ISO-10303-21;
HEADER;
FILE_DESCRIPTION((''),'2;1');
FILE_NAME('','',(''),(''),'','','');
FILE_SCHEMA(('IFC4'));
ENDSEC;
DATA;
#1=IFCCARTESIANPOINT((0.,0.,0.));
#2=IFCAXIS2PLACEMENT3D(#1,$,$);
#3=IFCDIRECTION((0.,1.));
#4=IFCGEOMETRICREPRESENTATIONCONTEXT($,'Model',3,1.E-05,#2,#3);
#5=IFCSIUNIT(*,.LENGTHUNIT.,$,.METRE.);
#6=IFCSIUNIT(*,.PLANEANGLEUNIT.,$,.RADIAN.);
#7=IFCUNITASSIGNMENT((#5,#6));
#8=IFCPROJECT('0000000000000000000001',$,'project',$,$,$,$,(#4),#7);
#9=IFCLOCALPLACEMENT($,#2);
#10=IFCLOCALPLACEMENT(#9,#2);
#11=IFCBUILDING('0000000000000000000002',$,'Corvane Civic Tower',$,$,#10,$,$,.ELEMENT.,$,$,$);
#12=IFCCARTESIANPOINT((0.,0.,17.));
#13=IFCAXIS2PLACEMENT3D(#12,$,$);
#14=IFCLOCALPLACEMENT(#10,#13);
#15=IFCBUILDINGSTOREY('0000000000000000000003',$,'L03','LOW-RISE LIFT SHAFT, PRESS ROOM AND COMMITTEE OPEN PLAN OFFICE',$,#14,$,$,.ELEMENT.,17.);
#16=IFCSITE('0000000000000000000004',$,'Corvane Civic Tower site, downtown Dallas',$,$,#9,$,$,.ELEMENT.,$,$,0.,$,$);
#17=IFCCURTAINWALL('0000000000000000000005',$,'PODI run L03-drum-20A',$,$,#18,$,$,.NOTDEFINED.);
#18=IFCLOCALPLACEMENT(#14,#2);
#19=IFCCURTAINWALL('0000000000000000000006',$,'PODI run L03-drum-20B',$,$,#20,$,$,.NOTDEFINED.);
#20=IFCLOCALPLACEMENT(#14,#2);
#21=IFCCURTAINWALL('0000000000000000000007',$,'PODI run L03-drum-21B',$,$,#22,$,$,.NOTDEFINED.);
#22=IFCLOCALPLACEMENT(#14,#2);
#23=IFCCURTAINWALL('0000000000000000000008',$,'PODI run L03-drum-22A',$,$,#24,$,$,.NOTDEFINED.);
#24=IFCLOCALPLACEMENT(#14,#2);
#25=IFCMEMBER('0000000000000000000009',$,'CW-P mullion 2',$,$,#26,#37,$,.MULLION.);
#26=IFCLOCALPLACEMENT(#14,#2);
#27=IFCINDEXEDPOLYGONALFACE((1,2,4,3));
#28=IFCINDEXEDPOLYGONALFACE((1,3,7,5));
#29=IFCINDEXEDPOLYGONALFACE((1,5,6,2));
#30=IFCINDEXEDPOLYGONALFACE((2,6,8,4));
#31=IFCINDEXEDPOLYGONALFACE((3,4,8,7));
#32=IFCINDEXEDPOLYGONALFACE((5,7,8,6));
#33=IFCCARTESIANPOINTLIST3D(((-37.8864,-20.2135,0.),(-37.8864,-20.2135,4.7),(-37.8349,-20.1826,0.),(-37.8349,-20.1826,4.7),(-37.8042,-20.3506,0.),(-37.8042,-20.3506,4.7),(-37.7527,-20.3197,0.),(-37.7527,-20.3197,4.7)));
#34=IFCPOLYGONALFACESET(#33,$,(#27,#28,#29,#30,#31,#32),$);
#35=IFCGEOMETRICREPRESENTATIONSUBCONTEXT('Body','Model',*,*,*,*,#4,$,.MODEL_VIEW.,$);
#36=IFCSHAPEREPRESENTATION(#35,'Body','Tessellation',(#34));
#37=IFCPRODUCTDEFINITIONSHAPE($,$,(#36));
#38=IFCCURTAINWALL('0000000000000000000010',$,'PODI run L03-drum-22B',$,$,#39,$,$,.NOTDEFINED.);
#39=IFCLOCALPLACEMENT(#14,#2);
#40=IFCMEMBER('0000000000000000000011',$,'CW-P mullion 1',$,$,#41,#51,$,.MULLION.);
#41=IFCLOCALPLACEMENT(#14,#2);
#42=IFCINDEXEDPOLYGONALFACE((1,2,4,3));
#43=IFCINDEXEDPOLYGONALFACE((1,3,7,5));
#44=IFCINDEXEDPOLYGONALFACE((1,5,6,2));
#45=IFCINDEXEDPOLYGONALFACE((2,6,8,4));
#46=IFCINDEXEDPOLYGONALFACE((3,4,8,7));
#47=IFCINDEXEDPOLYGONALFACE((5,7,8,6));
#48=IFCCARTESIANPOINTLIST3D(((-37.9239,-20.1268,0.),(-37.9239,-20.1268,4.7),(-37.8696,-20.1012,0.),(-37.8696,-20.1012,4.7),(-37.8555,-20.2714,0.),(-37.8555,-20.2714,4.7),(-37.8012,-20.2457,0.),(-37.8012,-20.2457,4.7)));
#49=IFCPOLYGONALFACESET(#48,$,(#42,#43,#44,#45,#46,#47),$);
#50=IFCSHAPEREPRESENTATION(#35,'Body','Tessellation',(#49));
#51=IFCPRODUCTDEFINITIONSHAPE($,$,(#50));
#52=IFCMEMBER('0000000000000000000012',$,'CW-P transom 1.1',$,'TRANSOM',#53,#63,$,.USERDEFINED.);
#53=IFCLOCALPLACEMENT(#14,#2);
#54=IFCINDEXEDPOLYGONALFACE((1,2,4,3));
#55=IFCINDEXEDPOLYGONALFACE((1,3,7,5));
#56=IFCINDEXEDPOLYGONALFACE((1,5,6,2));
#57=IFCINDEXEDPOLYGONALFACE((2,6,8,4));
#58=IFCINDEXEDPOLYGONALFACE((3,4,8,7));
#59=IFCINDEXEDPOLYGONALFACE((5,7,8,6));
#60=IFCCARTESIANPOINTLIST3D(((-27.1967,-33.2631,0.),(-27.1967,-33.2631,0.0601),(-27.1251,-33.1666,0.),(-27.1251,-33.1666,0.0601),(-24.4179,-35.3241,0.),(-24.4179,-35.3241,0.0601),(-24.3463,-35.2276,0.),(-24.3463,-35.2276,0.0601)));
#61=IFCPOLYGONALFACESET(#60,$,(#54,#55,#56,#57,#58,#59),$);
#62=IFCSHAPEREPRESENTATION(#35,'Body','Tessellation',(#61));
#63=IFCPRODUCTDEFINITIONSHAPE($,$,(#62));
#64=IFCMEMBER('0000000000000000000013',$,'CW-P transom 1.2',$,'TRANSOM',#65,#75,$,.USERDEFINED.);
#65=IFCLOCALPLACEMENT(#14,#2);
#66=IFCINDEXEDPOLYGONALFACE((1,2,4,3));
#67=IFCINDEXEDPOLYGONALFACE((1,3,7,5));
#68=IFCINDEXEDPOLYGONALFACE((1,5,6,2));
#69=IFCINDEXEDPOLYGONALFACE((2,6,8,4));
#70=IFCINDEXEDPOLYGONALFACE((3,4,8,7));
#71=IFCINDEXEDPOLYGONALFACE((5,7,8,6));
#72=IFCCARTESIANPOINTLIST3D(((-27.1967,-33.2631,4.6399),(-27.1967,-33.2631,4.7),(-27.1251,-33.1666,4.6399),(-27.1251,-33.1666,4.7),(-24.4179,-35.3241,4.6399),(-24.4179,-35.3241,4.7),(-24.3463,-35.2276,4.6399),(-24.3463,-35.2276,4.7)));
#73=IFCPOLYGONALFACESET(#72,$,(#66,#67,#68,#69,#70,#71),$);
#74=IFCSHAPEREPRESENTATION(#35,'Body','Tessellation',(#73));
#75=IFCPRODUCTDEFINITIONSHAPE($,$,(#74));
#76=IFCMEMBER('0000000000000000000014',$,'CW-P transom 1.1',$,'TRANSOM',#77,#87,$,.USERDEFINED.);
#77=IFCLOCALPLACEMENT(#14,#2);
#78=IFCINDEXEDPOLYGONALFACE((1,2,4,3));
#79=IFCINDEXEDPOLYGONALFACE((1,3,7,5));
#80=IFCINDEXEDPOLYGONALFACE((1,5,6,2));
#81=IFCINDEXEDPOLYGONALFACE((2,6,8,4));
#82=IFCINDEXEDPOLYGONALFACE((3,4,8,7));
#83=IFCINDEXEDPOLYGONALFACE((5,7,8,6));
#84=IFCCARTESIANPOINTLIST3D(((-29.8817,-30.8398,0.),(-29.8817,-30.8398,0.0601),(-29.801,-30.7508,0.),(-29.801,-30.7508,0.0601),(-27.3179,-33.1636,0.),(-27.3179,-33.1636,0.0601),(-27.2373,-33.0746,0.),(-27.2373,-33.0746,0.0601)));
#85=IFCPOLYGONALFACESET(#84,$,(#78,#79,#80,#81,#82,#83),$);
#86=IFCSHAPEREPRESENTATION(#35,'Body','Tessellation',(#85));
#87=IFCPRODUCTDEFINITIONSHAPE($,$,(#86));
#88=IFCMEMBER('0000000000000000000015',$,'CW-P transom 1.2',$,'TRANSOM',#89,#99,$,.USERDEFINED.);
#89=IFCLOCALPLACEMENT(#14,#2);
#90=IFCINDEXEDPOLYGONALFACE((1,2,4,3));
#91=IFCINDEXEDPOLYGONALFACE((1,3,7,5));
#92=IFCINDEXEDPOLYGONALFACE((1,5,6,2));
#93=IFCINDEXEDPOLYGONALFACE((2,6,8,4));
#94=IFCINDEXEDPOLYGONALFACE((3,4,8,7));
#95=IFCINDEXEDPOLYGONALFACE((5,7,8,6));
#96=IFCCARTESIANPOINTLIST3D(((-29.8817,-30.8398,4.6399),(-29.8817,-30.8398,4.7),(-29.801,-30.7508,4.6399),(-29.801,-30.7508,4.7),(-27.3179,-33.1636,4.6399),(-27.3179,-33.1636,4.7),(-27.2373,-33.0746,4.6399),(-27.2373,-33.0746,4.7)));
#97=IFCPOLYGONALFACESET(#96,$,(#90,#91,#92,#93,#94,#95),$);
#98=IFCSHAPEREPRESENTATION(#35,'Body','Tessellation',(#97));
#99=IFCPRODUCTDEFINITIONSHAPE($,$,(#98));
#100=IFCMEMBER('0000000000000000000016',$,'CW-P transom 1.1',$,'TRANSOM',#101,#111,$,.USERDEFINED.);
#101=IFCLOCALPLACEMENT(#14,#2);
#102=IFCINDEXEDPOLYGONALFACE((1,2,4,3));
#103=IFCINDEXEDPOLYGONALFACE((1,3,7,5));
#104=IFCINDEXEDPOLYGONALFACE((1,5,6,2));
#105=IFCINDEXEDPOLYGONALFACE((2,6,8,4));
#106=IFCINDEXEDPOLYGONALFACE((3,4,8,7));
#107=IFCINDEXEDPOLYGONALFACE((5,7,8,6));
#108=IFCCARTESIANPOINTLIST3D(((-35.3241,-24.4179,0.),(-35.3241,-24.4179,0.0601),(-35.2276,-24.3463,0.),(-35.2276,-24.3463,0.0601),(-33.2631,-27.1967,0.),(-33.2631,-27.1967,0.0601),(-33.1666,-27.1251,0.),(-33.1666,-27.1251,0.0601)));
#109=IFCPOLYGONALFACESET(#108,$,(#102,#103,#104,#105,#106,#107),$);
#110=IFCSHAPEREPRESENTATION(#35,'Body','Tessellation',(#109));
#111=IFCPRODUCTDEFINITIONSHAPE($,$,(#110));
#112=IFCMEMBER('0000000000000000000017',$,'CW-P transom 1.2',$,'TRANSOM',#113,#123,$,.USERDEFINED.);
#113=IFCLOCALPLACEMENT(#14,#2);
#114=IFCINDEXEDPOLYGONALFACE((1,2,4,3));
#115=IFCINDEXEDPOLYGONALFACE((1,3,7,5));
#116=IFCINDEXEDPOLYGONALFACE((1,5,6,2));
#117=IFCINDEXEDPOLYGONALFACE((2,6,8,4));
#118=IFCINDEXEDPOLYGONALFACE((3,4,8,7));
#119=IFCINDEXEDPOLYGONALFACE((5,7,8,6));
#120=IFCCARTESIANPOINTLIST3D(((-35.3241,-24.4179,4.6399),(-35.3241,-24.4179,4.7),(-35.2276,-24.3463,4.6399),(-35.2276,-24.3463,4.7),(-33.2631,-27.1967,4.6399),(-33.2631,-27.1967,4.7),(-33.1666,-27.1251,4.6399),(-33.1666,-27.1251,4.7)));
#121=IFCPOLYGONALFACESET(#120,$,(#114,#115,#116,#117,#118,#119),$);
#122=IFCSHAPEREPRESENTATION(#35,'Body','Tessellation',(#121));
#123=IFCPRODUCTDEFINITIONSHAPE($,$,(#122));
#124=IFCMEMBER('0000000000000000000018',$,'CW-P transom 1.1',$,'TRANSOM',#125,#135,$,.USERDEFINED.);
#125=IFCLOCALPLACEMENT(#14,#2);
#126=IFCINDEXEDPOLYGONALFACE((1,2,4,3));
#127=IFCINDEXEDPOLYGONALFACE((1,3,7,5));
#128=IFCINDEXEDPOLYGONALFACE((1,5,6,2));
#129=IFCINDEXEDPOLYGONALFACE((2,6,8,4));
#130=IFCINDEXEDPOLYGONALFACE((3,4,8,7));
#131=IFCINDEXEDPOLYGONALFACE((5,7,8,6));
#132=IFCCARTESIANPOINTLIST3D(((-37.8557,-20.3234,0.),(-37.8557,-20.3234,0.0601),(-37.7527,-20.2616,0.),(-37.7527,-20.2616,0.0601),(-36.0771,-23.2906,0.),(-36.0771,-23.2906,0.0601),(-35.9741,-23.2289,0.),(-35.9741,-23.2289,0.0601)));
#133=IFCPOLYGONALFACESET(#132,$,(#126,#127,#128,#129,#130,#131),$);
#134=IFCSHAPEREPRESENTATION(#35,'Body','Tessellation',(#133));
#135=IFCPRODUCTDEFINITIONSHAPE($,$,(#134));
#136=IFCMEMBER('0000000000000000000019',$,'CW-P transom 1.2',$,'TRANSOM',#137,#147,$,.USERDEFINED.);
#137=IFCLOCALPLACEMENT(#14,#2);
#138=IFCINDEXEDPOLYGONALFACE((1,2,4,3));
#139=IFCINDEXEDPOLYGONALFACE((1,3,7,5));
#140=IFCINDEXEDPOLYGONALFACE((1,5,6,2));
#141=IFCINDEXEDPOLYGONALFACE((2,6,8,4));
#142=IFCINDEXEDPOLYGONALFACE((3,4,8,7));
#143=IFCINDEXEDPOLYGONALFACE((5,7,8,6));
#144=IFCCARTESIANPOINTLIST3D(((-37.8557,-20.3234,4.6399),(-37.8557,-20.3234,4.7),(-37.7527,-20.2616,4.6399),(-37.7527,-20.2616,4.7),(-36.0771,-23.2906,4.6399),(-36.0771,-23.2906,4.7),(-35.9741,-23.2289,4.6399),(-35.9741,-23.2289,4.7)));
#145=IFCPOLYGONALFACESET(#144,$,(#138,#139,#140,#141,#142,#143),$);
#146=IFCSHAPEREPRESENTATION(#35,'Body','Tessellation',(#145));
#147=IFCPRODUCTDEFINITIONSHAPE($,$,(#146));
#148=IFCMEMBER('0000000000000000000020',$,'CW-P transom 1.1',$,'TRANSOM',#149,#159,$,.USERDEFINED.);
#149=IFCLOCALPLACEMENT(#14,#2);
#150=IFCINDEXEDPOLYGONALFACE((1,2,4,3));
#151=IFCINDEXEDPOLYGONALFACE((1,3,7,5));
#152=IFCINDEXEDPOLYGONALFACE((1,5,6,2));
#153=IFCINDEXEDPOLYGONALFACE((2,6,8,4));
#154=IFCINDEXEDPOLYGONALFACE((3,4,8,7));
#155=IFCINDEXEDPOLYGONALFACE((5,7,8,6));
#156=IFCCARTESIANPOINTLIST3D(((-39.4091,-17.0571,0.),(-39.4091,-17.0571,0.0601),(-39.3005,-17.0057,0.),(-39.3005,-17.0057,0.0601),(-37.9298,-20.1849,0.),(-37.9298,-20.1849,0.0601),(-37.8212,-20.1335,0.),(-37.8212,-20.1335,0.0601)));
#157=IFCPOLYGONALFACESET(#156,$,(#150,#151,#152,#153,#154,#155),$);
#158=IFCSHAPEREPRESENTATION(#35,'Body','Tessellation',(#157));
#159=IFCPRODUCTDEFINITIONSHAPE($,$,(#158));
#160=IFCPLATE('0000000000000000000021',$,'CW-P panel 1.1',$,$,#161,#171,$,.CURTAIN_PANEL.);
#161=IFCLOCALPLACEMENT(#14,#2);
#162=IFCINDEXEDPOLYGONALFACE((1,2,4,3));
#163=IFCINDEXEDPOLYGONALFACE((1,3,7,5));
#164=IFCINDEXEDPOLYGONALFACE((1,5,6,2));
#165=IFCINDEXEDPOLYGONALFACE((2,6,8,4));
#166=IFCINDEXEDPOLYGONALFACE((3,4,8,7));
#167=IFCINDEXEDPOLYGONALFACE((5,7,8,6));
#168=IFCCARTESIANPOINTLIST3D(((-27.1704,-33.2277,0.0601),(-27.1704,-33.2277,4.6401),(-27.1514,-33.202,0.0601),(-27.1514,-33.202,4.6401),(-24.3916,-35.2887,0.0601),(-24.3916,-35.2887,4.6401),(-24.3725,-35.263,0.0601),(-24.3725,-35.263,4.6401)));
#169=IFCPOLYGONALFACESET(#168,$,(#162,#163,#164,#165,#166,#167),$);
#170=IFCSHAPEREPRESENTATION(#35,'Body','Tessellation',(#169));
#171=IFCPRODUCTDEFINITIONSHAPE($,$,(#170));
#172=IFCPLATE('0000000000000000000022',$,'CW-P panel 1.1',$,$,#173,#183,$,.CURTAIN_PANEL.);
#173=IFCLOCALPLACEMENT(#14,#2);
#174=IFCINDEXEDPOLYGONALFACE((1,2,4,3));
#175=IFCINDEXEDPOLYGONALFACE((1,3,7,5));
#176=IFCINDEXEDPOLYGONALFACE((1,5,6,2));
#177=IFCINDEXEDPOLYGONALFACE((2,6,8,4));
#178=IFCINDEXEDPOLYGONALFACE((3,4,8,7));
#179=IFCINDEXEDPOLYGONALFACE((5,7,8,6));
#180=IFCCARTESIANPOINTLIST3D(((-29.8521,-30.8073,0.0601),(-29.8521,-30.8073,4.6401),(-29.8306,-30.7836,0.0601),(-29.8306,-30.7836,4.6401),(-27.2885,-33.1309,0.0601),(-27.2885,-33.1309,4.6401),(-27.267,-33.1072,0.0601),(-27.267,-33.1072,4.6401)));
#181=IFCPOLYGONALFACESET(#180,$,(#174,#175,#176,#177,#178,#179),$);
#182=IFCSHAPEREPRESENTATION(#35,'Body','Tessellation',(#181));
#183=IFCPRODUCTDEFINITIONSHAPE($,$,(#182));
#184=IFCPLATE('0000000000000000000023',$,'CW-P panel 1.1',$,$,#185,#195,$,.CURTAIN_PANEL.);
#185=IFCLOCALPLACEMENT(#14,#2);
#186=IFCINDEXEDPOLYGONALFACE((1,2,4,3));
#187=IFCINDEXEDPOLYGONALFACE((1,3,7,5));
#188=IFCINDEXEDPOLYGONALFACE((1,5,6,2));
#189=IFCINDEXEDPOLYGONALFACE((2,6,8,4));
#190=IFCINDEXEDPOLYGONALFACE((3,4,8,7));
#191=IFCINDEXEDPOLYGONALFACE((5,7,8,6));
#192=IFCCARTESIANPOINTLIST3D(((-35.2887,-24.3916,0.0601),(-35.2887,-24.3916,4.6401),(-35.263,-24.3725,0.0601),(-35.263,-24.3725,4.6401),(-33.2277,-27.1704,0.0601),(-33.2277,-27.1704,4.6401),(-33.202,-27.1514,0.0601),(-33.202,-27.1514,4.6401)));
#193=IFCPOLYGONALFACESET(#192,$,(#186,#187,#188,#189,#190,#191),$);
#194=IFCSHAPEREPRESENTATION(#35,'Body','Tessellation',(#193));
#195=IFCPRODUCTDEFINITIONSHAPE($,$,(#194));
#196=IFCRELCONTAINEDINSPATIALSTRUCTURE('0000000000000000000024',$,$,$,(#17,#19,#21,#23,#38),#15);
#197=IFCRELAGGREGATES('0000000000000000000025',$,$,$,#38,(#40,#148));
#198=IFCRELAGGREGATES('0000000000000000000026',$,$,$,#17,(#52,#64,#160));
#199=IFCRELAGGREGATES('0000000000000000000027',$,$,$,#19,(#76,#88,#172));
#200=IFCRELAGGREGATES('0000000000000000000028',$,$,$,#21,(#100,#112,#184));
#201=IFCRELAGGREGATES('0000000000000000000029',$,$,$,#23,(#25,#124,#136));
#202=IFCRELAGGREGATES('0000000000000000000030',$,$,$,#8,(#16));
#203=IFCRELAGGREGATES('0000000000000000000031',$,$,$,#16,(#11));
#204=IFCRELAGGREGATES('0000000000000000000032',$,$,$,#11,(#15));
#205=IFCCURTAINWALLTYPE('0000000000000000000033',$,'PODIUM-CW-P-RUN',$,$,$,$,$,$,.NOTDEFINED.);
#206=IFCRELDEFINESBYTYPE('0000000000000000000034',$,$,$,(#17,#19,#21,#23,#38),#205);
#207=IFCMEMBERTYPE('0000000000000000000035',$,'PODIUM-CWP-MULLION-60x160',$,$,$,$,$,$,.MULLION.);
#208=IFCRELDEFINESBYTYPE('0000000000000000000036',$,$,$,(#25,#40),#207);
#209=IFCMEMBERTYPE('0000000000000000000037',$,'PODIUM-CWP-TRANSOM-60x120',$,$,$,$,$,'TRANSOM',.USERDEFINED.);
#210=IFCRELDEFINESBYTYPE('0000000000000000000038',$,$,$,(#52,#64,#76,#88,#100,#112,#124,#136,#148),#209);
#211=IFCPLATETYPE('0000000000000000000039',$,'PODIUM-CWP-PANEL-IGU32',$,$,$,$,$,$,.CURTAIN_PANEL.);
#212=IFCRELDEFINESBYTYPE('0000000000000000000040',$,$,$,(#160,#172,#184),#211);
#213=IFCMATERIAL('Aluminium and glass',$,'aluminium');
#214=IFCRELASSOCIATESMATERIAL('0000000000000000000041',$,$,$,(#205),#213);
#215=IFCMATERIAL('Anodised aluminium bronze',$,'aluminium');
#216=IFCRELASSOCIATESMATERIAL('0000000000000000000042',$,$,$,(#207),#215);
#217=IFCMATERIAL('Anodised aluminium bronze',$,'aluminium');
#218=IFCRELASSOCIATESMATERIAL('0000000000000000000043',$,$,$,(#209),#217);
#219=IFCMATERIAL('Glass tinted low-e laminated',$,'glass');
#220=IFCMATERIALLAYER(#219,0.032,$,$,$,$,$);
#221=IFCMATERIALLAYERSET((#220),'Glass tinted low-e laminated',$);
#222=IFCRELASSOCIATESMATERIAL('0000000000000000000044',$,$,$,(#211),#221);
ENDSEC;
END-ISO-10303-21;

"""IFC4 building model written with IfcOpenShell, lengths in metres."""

from ifc_helpers import new_model, si_unit, direction, frame, origin, origin_2d, place, context, subcontext, project, spatial, rectangle, extrude, material, layer, layer_set, material_profile, profile_set, type_object, element, aggregate, save


model = new_model("IFC4")

# Units and contexts
model_context = context("Model", 3, precision=1e-05, world=origin(), true_north=direction((0.0, 1.0)))
body_context = subcontext(model_context, "Body", "Model", "MODEL_VIEW")
ifc_project = project(units=[si_unit("LENGTHUNIT", "METRE"), si_unit("PLANEANGLEUNIT", "RADIAN")], contexts=[model_context])

# Site, building, storey
site_placement = place(None, origin())
site = spatial("IfcSite", under=ifc_project, at=site_placement, Name="Corvane Civic Tower site, downtown Dallas", CompositionType="ELEMENT", RefElevation=0.0)
building_placement = place(site_placement, origin())
building = spatial("IfcBuilding", under=site, at=building_placement, Name="Corvane Civic Tower", CompositionType="ELEMENT")
storey_placement = place(building_placement, frame((0.0, 0.0, 17.0)))
storey = spatial("IfcBuildingStorey", under=building, at=storey_placement, Name="L03", Description="LOW-RISE LIFT SHAFT, PRESS ROOM AND COMMITTEE OPEN PLAN OFFICE", CompositionType="ELEMENT", Elevation=17.0)

# Curtain walls, member
ifc_material_1 = material(Name="Aluminium and glass", Category="aluminium")
curtain_wall_type = type_object("IfcCurtainWallType", Name="PODIUM-CW-P-RUN", PredefinedType="NOTDEFINED", material=ifc_material_1)
curtain_wall_1_placement = place(storey_placement, origin())
curtain_wall_1 = element("IfcCurtainWall", 1, at=curtain_wall_1_placement, inside=storey, type_object=curtain_wall_type, Name="PODI run L03-drum-20A", PredefinedType="NOTDEFINED")
ifc_material_2 = material(Name="Anodised aluminium bronze", Category="aluminium")
ifc_material_profile_1 = material_profile(ifc_material_2, rectangle(XDim=0.0601, YDim=0.1599, at=origin_2d()), Name="AL 60x160")
ifc_profile_set_1 = profile_set([ifc_material_profile_1], Name="Anodised aluminium bronze")
member_type_1 = type_object("IfcMemberType", Name="PODIUM-CWP-MULLION-60x160", PredefinedType="MULLION", material=ifc_profile_set_1)
curtain_wall_2_placement = place(storey_placement, origin())
curtain_wall_2 = element("IfcCurtainWall", 2, at=curtain_wall_2_placement, inside=storey, type_object=curtain_wall_type, Name="PODI run L03-drum-20B", PredefinedType="NOTDEFINED")
curtain_wall_3_placement = place(storey_placement, origin())
curtain_wall_3 = element("IfcCurtainWall", 3, at=curtain_wall_3_placement, inside=storey, type_object=curtain_wall_type, Name="PODI run L03-drum-21B", PredefinedType="NOTDEFINED")
curtain_wall_4_placement = place(storey_placement, origin())
curtain_wall_4 = element("IfcCurtainWall", 4, at=curtain_wall_4_placement, inside=storey, type_object=curtain_wall_type, Name="PODI run L03-drum-22A", PredefinedType="NOTDEFINED")
member_1_placement = place(storey_placement, frame((-37.8196, -20.2666, 0.0), z_axis=(0.0, 0.0, 1.0), x_axis=(-0.85772, -0.514118, 0.0)))
member_1 = element("IfcMember", 5, at=member_1_placement, type_object=member_type_1, Name="CW-P mullion 2", PredefinedType="MULLION", context=body_context, shape_type="SweptSolid", body=[
    extrude(rectangle(XDim=0.0601, YDim=0.1599, at=origin_2d()), origin(), (0.0, 0.0, 1.0), 4.7),
])

# Curtain wall, member
curtain_wall_5_placement = place(storey_placement, origin())
curtain_wall_5 = element("IfcCurtainWall", 6, at=curtain_wall_5_placement, inside=storey, type_object=curtain_wall_type, Name="PODI run L03-drum-22B", PredefinedType="NOTDEFINED")
member_2_placement = place(storey_placement, frame((-37.8625, -20.1863, 0.0), z_axis=(0.0, 0.0, 1.0), x_axis=(-0.90399, -0.427553, 0.0)))
member_2 = element("IfcMember", 7, at=member_2_placement, type_object=member_type_1, Name="CW-P mullion 1", PredefinedType="MULLION", context=body_context, shape_type="SweptSolid", body=[
    extrude(rectangle(XDim=0.0601, YDim=0.1599, at=origin_2d()), origin(), (0.0, 0.0, 1.0), 4.7),
])

# Members
ifc_material_3 = material(Name="Anodised aluminium bronze", Category="aluminium")
ifc_material_profile_2 = material_profile(ifc_material_3, rectangle(XDim=0.1201, YDim=0.0601, at=origin_2d()), Name="AL 120x60")
ifc_profile_set_2 = profile_set([ifc_material_profile_2], Name="Anodised aluminium bronze")
member_type_2 = type_object("IfcMemberType", Name="PODIUM-CWP-TRANSOM-60x120", ElementType="TRANSOM", PredefinedType="USERDEFINED", material=ifc_profile_set_2)
member_3_placement = place(storey_placement, frame((-24.3821, -35.2759, 0.03), z_axis=(-0.80319, 0.595724, 0.0), x_axis=(-0.595724, -0.80319, 0.0)))
member_3 = element("IfcMember", 8, at=member_3_placement, type_object=member_type_2, Name="CW-P transom 1.1", ObjectType="TRANSOM", PredefinedType="USERDEFINED", context=body_context, shape_type="SweptSolid", body=[
    extrude(rectangle(XDim=0.1201, YDim=0.0601, at=origin_2d()), origin(), (0.0, 0.0, 1.0), 3.4597),
])
member_4_placement = place(storey_placement, frame((-24.3821, -35.2759, 4.6699), z_axis=(-0.80319, 0.595724, 0.0), x_axis=(-0.595724, -0.80319, 0.0)))
member_4 = element("IfcMember", 9, at=member_4_placement, type_object=member_type_2, Name="CW-P transom 1.2", ObjectType="TRANSOM", PredefinedType="USERDEFINED", context=body_context, shape_type="SweptSolid", body=[
    extrude(rectangle(XDim=0.1201, YDim=0.0601, at=origin_2d()), origin(), (0.0, 0.0, 1.0), 3.4597),
])
member_5_placement = place(storey_placement, frame((-27.2776, -33.1191, 0.03), z_axis=(-0.740935, 0.671576, 0.0), x_axis=(-0.671576, -0.740935, 0.0)))
member_5 = element("IfcMember", 10, at=member_5_placement, type_object=member_type_2, Name="CW-P transom 1.1", ObjectType="TRANSOM", PredefinedType="USERDEFINED", context=body_context, shape_type="SweptSolid", body=[
    extrude(rectangle(XDim=0.1201, YDim=0.0601, at=origin_2d()), origin(), (0.0, 0.0, 1.0), 3.4602),
])
member_6_placement = place(storey_placement, frame((-27.2776, -33.1191, 4.6699), z_axis=(-0.740935, 0.671576, 0.0), x_axis=(-0.671576, -0.740935, 0.0)))
member_6 = element("IfcMember", 11, at=member_6_placement, type_object=member_type_2, Name="CW-P transom 1.2", ObjectType="TRANSOM", PredefinedType="USERDEFINED", context=body_context, shape_type="SweptSolid", body=[
    extrude(rectangle(XDim=0.1201, YDim=0.0601, at=origin_2d()), origin(), (0.0, 0.0, 1.0), 3.4602),
])
member_7_placement = place(storey_placement, frame((-33.2148, -27.1609, 0.03), z_axis=(-0.595724, 0.80319, 0.0), x_axis=(-0.80319, -0.595724, 0.0)))
member_7 = element("IfcMember", 12, at=member_7_placement, type_object=member_type_2, Name="CW-P transom 1.1", ObjectType="TRANSOM", PredefinedType="USERDEFINED", context=body_context, shape_type="SweptSolid", body=[
    extrude(rectangle(XDim=0.1201, YDim=0.0601, at=origin_2d()), origin(), (0.0, 0.0, 1.0), 3.4597),
])
member_8_placement = place(storey_placement, frame((-33.2148, -27.1609, 4.6699), z_axis=(-0.595724, 0.80319, 0.0), x_axis=(-0.80319, -0.595724, 0.0)))
member_8 = element("IfcMember", 13, at=member_8_placement, type_object=member_type_2, Name="CW-P transom 1.2", ObjectType="TRANSOM", PredefinedType="USERDEFINED", context=body_context, shape_type="SweptSolid", body=[
    extrude(rectangle(XDim=0.1201, YDim=0.0601, at=origin_2d()), origin(), (0.0, 0.0, 1.0), 3.4597),
])
member_9_placement = place(storey_placement, frame((-36.0256, -23.2598, 0.03), z_axis=(-0.514112, 0.857723, 0.0), x_axis=(-0.857723, -0.514112, 0.0)))
member_9 = element("IfcMember", 14, at=member_9_placement, type_object=member_type_2, Name="CW-P transom 1.1", ObjectType="TRANSOM", PredefinedType="USERDEFINED", context=body_context, shape_type="SweptSolid", body=[
    extrude(rectangle(XDim=0.1201, YDim=0.0601, at=origin_2d()), origin(), (0.0, 0.0, 1.0), 3.4595),
])
member_10_placement = place(storey_placement, frame((-36.0256, -23.2598, 4.6699), z_axis=(-0.514112, 0.857723, 0.0), x_axis=(-0.857723, -0.514112, 0.0)))
member_10 = element("IfcMember", 15, at=member_10_placement, type_object=member_type_2, Name="CW-P transom 1.2", ObjectType="TRANSOM", PredefinedType="USERDEFINED", context=body_context, shape_type="SweptSolid", body=[
    extrude(rectangle(XDim=0.1201, YDim=0.0601, at=origin_2d()), origin(), (0.0, 0.0, 1.0), 3.4595),
])
member_11_placement = place(storey_placement, frame((-37.8755, -20.1592, 0.03), z_axis=(-0.427546, 0.903993, 0.0), x_axis=(-0.903993, -0.427546, 0.0)))
member_11 = element("IfcMember", 16, at=member_11_placement, type_object=member_type_2, Name="CW-P transom 1.1", ObjectType="TRANSOM", PredefinedType="USERDEFINED", context=body_context, shape_type="SweptSolid", body=[
    extrude(rectangle(XDim=0.1201, YDim=0.0601, at=origin_2d()), origin(), (0.0, 0.0, 1.0), 3.46),
])
aggregate(curtain_wall_5, [member_2, member_11])

# Plates
ifc_material_4 = material(Name="Glass tinted low-e laminated", Category="glass")
ifc_layer_1 = layer(ifc_material_4, 0.032)
ifc_layer_set_1 = layer_set([ifc_layer_1], Name="Glass tinted low-e laminated")
plate_type = type_object("IfcPlateType", Name="PODIUM-CWP-PANEL-IGU32", PredefinedType="CURTAIN_PANEL", material=ifc_layer_set_1)
plate_1_placement = place(storey_placement, frame((-25.7715, -34.2454, 0.0601), z_axis=(0.0, 0.0, 1.0), x_axis=(-0.803203, 0.595705, 0.0)))
plate_1 = element("IfcPlate", 17, at=plate_1_placement, type_object=plate_type, Name="CW-P panel 1.1", PredefinedType="CURTAIN_PANEL", context=body_context, shape_type="SweptSolid", body=[
    extrude(rectangle(XDim=3.4597, YDim=0.032, at=origin_2d()), origin(), (0.0, 0.0, 1.0), 4.5801),
])
aggregate(curtain_wall_1, [member_3, member_4, plate_1])
plate_2_placement = place(storey_placement, frame((-28.5596, -31.9573, 0.0601), z_axis=(0.0, 0.0, 1.0), x_axis=(-0.740935, 0.671576, 0.0)))
plate_2 = element("IfcPlate", 18, at=plate_2_placement, type_object=plate_type, Name="CW-P panel 1.1", PredefinedType="CURTAIN_PANEL", context=body_context, shape_type="SweptSolid", body=[
    extrude(rectangle(XDim=3.46, YDim=0.032, at=origin_2d()), origin(), (0.0, 0.0, 1.0), 4.5801),
])
aggregate(curtain_wall_2, [member_5, member_6, plate_2])
plate_3_placement = place(storey_placement, frame((-34.2454, -25.7715, 0.0601), z_axis=(0.0, 0.0, 1.0), x_axis=(-0.595705, 0.803203, 0.0)))
plate_3 = element("IfcPlate", 19, at=plate_3_placement, type_object=plate_type, Name="CW-P panel 1.1", PredefinedType="CURTAIN_PANEL", context=body_context, shape_type="SweptSolid", body=[
    extrude(rectangle(XDim=3.4597, YDim=0.032, at=origin_2d()), origin(), (0.0, 0.0, 1.0), 4.5801),
])
aggregate(curtain_wall_3, [member_7, member_8, plate_3])
aggregate(curtain_wall_4, [member_1, member_9, member_10])

save(model, "model.ifc")
